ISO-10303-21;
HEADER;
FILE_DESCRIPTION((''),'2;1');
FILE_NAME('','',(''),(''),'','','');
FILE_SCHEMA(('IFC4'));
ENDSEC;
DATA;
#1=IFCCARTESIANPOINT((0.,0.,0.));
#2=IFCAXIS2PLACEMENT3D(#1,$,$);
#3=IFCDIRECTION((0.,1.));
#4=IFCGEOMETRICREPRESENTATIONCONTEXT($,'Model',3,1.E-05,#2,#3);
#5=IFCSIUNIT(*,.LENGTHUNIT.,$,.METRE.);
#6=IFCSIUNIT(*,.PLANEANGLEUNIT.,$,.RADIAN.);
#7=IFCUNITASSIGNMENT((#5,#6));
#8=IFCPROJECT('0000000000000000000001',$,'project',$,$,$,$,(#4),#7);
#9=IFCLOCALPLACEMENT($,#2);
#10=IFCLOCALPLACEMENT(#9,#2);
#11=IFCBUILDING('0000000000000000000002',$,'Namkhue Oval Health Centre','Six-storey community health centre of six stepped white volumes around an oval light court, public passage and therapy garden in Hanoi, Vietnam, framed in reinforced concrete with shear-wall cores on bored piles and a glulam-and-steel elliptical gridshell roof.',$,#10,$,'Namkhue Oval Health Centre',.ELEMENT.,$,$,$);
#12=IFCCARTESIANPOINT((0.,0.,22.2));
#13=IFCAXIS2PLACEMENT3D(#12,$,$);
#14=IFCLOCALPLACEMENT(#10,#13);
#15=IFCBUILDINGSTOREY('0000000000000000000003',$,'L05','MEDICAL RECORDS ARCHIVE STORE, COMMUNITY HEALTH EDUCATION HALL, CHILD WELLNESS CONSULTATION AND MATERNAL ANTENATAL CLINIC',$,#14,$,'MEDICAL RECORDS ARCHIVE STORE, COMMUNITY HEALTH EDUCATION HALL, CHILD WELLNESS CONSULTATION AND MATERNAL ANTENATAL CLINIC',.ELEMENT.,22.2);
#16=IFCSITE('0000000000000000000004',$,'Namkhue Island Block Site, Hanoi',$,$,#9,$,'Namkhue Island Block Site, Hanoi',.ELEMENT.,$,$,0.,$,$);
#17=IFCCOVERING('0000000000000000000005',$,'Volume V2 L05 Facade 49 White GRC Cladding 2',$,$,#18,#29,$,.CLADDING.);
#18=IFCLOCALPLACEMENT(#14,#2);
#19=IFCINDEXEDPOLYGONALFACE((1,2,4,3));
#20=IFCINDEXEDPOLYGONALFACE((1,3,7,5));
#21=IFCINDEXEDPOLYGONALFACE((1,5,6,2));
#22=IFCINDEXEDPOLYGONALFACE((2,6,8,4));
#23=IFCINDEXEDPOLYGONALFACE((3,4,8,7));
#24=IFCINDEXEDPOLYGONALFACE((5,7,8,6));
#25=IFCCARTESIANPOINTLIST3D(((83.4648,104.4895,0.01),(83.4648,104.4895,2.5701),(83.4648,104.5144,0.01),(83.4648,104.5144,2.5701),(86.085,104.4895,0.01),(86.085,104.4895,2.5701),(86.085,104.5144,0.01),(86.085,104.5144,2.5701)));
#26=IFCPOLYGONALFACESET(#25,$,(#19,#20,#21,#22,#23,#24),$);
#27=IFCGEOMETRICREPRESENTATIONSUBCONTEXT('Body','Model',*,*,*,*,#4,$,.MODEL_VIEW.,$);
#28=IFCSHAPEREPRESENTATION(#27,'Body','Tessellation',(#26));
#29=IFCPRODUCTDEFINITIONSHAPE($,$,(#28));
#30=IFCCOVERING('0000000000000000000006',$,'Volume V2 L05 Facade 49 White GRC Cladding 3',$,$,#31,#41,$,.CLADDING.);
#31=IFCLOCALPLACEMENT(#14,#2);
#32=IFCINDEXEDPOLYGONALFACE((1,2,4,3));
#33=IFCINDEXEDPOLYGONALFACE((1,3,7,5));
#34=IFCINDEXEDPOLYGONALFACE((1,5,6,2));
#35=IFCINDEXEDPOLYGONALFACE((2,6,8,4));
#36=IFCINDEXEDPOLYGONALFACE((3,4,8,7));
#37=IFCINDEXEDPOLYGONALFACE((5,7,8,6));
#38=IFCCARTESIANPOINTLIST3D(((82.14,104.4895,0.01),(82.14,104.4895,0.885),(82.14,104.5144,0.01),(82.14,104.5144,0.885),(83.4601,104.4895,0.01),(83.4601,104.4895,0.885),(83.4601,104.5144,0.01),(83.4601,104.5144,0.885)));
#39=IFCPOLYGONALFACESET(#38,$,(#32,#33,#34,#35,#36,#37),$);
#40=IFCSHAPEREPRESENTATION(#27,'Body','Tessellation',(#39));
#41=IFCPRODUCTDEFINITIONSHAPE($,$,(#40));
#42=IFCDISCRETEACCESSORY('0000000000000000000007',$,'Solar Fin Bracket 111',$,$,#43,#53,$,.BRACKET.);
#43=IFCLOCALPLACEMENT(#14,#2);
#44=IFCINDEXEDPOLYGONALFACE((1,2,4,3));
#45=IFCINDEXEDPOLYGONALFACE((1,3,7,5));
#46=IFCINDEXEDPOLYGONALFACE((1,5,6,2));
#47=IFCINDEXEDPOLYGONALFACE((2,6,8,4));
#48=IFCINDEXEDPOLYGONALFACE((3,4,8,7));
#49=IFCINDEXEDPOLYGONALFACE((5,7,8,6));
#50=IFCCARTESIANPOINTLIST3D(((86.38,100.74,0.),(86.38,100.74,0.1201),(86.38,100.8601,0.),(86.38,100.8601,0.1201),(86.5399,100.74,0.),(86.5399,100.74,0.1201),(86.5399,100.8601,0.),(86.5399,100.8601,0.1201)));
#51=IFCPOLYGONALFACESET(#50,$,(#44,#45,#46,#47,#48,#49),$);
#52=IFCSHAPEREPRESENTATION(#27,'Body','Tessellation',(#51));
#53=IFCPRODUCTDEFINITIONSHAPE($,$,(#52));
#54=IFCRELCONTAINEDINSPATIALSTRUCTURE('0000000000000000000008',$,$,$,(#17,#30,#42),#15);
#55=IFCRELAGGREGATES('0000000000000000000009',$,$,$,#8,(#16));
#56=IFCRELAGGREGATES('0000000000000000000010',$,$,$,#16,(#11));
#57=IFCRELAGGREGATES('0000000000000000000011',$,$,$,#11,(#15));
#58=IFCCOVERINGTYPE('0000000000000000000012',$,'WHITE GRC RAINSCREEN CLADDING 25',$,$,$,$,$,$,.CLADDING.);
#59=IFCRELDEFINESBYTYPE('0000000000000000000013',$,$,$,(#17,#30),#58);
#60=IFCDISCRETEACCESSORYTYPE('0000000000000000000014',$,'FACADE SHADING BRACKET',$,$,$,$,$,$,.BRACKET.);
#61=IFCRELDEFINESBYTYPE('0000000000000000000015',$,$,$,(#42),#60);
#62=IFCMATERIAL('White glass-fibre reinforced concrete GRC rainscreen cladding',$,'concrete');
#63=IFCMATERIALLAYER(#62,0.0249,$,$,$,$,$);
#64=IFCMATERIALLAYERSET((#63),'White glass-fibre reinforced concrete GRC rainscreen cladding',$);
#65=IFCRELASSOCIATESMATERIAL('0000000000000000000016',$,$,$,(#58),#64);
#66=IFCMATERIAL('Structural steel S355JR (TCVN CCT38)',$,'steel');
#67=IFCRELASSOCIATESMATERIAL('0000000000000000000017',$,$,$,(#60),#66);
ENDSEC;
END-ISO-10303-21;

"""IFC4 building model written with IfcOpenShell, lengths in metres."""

from ifc_helpers import new_model, si_unit, direction, frame, origin, origin_2d, place, context, subcontext, project, spatial, rectangle, extrude, material, layer, layer_set, type_object, element, save


model = new_model("IFC4")

# Units and contexts
model_context = context("Model", 3, precision=1e-05, world=origin(), true_north=direction((0.0, 1.0)))
body_context = subcontext(model_context, "Body", "Model", "MODEL_VIEW")
ifc_project = project(units=[si_unit("LENGTHUNIT", "METRE"), si_unit("PLANEANGLEUNIT", "RADIAN")], contexts=[model_context])

# Site, building, storey
site_placement = place(None, origin())
site = spatial("IfcSite", under=ifc_project, at=site_placement, Name="Namkhue Island Block Site, Hanoi", LongName="Namkhue Island Block Site, Hanoi", CompositionType="ELEMENT", RefElevation=0.0)
building_placement = place(site_placement, origin())
building = spatial("IfcBuilding", under=site, at=building_placement, Name="Namkhue Oval Health Centre", Description="Six-storey community health centre of six stepped white volumes around an oval light court, public passage and therapy garden in Hanoi, Vietnam, framed in reinforced concrete with shear-wall cores on bored piles and a glulam-and-steel elliptical gridshell roof.", LongName="Namkhue Oval Health Centre", CompositionType="ELEMENT")
storey_placement = place(building_placement, frame((0.0, 0.0, 22.2)))
storey = spatial("IfcBuildingStorey", under=building, at=storey_placement, Name="L05", Description="MEDICAL RECORDS ARCHIVE STORE, COMMUNITY HEALTH EDUCATION HALL, CHILD WELLNESS CONSULTATION AND MATERNAL ANTENATAL CLINIC", LongName="MEDICAL RECORDS ARCHIVE STORE, COMMUNITY HEALTH EDUCATION HALL, CHILD WELLNESS CONSULTATION AND MATERNAL ANTENATAL CLINIC", CompositionType="ELEMENT", Elevation=22.2)

# Coverings
ifc_material_1 = material(Name="White glass-fibre reinforced concrete GRC rainscreen cladding", Category="concrete")
ifc_layer_1 = layer(ifc_material_1, 0.0249)
ifc_layer_set_1 = layer_set([ifc_layer_1], Name="White glass-fibre reinforced concrete GRC rainscreen cladding")
covering_type = type_object("IfcCoveringType", Name="WHITE GRC RAINSCREEN CLADDING 25", PredefinedType="CLADDING", material=ifc_layer_set_1)
covering_1_placement = place(storey_placement, frame((84.7749, 104.502, 0.01), z_axis=(0.0, 0.0, 1.0), x_axis=(-1.0, 0.0, 0.0)))
element("IfcCovering", 1, at=covering_1_placement, inside=storey, type_object=covering_type, Name="Volume V2 L05 Facade 49 White GRC Cladding 2", PredefinedType="CLADDING", context=body_context, shape_type="SweptSolid", body=[
    extrude(rectangle(XDim=2.6201, YDim=0.0249, at=origin_2d()), origin(), (0.0, 0.0, 1.0), 2.5601),
])
covering_2_placement = place(storey_placement, frame((82.8, 104.502, 0.01), z_axis=(0.0, 0.0, 1.0), x_axis=(-1.0, 0.0, 0.0)))
element("IfcCovering", 2, at=covering_2_placement, inside=storey, type_object=covering_type, Name="Volume V2 L05 Facade 49 White GRC Cladding 3", PredefinedType="CLADDING", context=body_context, shape_type="SweptSolid", body=[
    extrude(rectangle(XDim=1.3201, YDim=0.0249, at=origin_2d()), origin(), (0.0, 0.0, 1.0), 0.875),
])

# Discrete accessory
ifc_material_2 = material(Name="Structural steel S355JR (TCVN CCT38)", Category="steel")
discrete_accessory_type = type_object("IfcDiscreteAccessoryType", Name="FACADE SHADING BRACKET", PredefinedType="BRACKET", material=ifc_material_2)
discrete_accessory_placement = place(storey_placement, frame((86.46, 100.8, 0.0), z_axis=(0.0, 0.0, 1.0), x_axis=(1.0, 0.0, 0.0)))
element("IfcDiscreteAccessory", 3, at=discrete_accessory_placement, inside=storey, type_object=discrete_accessory_type, Name="Solar Fin Bracket 111", PredefinedType="BRACKET", context=body_context, shape_type="SweptSolid", body=[
    extrude(rectangle(XDim=0.1599, YDim=0.1201, at=origin_2d()), origin(), (0.0, 0.0, 1.0), 0.1201),
])

save(model, "model.ifc")
